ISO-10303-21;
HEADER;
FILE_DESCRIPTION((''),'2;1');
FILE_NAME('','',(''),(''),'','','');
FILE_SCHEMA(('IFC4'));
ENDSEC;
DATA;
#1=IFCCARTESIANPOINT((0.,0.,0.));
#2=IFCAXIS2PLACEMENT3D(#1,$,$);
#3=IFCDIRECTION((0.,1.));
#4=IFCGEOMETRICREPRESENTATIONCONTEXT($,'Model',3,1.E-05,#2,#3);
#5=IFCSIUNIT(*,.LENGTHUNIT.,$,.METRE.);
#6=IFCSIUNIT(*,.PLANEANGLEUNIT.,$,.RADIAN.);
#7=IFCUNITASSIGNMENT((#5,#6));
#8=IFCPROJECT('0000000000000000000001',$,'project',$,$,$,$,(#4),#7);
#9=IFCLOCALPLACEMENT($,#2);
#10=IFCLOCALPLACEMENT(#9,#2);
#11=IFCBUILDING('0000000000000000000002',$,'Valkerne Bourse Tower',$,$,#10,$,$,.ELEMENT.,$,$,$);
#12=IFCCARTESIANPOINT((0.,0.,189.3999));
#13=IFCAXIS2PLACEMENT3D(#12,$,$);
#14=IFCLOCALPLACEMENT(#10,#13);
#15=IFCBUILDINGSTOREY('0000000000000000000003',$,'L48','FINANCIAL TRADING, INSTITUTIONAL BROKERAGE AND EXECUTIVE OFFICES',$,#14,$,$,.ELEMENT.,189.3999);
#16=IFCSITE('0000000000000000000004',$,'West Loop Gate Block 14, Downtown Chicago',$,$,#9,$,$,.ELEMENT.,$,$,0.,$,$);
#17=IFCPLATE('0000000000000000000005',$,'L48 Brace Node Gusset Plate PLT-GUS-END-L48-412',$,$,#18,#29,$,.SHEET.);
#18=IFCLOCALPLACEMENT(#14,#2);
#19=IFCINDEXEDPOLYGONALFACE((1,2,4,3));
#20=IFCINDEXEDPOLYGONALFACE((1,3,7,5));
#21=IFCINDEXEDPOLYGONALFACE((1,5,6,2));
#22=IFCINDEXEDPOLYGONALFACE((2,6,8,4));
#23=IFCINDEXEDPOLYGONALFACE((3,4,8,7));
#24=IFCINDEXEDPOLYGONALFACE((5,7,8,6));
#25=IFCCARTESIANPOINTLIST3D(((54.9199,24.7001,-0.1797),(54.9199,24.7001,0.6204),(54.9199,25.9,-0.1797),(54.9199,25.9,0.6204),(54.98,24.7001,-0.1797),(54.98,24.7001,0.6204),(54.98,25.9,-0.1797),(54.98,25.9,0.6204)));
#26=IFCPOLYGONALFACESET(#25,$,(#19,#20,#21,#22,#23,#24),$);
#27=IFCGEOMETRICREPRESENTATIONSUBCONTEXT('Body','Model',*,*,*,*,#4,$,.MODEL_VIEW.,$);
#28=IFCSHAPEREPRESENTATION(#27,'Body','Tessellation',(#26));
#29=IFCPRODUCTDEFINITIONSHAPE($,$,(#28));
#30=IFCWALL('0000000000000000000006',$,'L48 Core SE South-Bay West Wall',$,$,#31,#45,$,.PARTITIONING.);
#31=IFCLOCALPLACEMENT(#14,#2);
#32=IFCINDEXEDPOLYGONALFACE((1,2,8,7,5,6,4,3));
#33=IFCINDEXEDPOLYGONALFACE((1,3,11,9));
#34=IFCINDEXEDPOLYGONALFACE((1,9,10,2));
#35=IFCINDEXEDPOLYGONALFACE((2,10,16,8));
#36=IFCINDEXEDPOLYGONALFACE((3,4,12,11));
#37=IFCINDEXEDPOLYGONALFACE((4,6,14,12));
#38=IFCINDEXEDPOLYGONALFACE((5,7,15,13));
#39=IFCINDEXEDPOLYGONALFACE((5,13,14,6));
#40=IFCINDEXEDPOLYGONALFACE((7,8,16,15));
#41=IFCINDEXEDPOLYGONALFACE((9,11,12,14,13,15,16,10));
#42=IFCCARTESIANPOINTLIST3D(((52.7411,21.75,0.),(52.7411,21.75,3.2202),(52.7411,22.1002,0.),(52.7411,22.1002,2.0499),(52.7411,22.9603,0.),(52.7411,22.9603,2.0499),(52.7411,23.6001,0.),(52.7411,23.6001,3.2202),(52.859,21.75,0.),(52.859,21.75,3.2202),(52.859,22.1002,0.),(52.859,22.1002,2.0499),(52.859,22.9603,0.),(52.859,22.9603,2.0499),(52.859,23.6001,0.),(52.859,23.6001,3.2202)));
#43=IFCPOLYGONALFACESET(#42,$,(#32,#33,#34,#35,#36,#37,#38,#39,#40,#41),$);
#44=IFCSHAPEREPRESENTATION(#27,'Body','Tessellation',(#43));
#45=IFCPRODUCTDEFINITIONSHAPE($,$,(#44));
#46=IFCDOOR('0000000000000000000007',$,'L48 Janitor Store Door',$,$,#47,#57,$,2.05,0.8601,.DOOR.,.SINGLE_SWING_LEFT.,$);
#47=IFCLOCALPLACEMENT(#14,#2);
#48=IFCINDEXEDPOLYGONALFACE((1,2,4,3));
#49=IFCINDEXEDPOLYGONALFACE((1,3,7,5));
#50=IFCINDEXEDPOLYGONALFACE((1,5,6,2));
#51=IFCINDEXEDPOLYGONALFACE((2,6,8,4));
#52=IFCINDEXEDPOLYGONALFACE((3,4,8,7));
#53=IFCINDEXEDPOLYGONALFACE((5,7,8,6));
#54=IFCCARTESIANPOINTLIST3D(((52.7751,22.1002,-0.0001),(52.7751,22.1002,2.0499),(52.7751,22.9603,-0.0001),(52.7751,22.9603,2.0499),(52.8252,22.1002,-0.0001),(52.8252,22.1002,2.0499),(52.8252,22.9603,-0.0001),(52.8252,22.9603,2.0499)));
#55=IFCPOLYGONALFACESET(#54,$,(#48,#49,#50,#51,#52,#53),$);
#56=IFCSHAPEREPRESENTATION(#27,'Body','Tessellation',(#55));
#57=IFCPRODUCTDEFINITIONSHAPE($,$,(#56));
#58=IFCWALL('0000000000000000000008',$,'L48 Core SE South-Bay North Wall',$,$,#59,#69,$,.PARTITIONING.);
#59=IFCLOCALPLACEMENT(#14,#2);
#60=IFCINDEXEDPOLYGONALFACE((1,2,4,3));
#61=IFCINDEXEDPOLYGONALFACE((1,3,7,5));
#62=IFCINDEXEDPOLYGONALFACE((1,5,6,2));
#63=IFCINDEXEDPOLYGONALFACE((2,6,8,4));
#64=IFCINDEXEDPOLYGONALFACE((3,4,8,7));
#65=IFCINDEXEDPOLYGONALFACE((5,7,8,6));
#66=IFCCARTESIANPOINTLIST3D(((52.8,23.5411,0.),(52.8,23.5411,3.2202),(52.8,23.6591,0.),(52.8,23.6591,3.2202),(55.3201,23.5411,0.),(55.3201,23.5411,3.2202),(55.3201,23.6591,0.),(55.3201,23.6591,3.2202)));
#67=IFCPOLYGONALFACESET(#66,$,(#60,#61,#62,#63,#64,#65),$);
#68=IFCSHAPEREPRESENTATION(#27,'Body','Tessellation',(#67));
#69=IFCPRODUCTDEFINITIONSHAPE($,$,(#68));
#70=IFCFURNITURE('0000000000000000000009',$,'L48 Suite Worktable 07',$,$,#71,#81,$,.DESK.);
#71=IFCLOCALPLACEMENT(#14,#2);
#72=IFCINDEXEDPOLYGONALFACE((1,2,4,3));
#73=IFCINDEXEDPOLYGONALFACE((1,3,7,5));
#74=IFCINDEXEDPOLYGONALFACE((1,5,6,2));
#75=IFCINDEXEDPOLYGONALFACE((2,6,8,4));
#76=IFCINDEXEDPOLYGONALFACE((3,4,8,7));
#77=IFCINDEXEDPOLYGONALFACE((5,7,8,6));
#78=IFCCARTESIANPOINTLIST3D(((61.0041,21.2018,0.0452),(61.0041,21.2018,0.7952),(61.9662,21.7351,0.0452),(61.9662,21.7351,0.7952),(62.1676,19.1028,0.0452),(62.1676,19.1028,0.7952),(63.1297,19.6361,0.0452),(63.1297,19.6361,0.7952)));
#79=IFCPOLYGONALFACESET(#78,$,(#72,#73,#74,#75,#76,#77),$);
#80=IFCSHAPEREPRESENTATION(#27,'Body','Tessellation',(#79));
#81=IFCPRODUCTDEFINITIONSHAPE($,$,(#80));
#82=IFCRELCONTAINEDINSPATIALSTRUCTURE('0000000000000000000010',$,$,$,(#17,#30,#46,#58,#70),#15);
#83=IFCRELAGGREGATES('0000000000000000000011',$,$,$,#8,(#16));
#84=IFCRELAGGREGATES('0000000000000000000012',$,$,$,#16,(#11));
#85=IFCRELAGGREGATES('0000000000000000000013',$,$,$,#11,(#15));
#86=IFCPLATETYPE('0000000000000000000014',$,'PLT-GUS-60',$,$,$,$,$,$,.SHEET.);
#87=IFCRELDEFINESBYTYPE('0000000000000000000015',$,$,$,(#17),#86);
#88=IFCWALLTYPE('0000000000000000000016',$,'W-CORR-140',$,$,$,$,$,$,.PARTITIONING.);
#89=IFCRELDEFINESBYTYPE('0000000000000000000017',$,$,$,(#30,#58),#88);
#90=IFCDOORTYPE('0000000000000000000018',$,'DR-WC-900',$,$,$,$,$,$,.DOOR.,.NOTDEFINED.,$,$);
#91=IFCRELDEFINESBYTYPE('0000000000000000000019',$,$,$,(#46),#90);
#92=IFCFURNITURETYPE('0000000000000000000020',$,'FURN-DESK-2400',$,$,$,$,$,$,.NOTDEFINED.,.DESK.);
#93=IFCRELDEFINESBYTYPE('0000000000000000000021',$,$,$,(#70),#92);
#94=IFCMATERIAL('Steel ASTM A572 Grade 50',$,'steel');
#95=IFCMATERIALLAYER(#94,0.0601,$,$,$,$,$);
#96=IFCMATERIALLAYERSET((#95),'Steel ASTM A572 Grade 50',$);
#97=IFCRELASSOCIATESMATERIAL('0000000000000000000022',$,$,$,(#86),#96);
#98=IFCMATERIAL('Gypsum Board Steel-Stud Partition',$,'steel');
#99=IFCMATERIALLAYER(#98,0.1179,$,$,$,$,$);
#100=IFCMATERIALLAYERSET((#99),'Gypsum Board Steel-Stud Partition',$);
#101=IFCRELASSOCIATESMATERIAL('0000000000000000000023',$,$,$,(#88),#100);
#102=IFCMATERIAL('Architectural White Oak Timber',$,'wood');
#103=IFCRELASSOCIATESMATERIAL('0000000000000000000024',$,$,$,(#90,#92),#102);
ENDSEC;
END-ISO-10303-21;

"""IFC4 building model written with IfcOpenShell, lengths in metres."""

from ifc_helpers import new_model, si_unit, direction, frame, frame_2d, origin, origin_2d, place, context, subcontext, project, spatial, rectangle, extrude, material, layer, layer_set, type_object, element, fill, save


model = new_model("IFC4")

# Units and contexts
model_context = context("Model", 3, precision=1e-05, world=origin(), true_north=direction((0.0, 1.0)))
body_context = subcontext(model_context, "Body", "Model", "MODEL_VIEW")
ifc_project = project(units=[si_unit("LENGTHUNIT", "METRE"), si_unit("PLANEANGLEUNIT", "RADIAN")], contexts=[model_context])

# Site, building, storey
site_placement = place(None, origin())
site = spatial("IfcSite", under=ifc_project, at=site_placement, Name="West Loop Gate Block 14, Downtown Chicago", CompositionType="ELEMENT", RefElevation=0.0)
building_placement = place(site_placement, origin())
building = spatial("IfcBuilding", under=site, at=building_placement, Name="Valkerne Bourse Tower", CompositionType="ELEMENT")
storey_placement = place(building_placement, frame((0.0, 0.0, 189.3999)))
storey = spatial("IfcBuildingStorey", under=building, at=storey_placement, Name="L48", Description="FINANCIAL TRADING, INSTITUTIONAL BROKERAGE AND EXECUTIVE OFFICES", CompositionType="ELEMENT", Elevation=189.3999)

# Plate
ifc_material_1 = material(Name="Steel ASTM A572 Grade 50", Category="steel")
ifc_layer_1 = layer(ifc_material_1, 0.0601)
ifc_layer_set_1 = layer_set([ifc_layer_1], Name="Steel ASTM A572 Grade 50")
plate_type_1 = type_object("IfcPlateType", Name="PLT-GUS-60", PredefinedType="SHEET", material=ifc_layer_set_1)
plate_1_placement = place(storey_placement, frame((54.95, 25.3, -0.1797), z_axis=(0.0, 0.0, 1.0), x_axis=(0.0, 1.0, 0.0)))
element("IfcPlate", 1, at=plate_1_placement, inside=storey, type_object=plate_type_1, Name="L48 Brace Node Gusset Plate PLT-GUS-END-L48-412", PredefinedType="SHEET", context=body_context, shape_type="SweptSolid", body=[
    extrude(rectangle(XDim=1.2, YDim=0.0601, at=origin_2d()), origin(), (0.0, 0.0, 1.0), 0.8),
])

# Wall, opening, door
ifc_material_2 = material(Name="Gypsum Board Steel-Stud Partition", Category="steel")
ifc_layer_2 = layer(ifc_material_2, 0.1179)
ifc_layer_set_2 = layer_set([ifc_layer_2], Name="Gypsum Board Steel-Stud Partition")
wall_type = type_object("IfcWallType", Name="W-CORR-140", PredefinedType="PARTITIONING", material=ifc_layer_set_2)
wall_1_placement = place(storey_placement, frame((52.8, 21.75, 0.0), z_axis=(0.0, 0.0, 1.0), x_axis=(0.0, 1.0, 0.0)))
wall_1 = element("IfcWall", 2, at=wall_1_placement, inside=storey, type_object=wall_type, Name="L48 Core SE South-Bay West Wall", PredefinedType="PARTITIONING", context=body_context, shape_type="SweptSolid", body=[
    extrude(rectangle(XDim=1.8501, YDim=0.1179, at=frame_2d((0.925, 0.0))), origin(), (0.0, 0.0, 1.0), 3.2202),
])
opening_placement = place(wall_1_placement, frame((0.3501, 0.0, 0.0)))
opening = element("IfcOpeningElement", 3, at=opening_placement, cuts=wall_1, PredefinedType="OPENING", context=body_context, shape_type="SweptSolid", body=[
    extrude(rectangle(XDim=0.8601, YDim=2.05, at=frame_2d((0.4302, 1.0249))), frame((0.0, 0.0688, 0.0), z_axis=(0.0, -1.0, 0.0), x_axis=(1.0, 0.0, 0.0)), (0.0, 0.0, 1.0), 0.1379),
])
ifc_material_3 = material(Name="Architectural White Oak Timber", Category="wood")
door_type = type_object("IfcDoorType", Name="DR-WC-900", OperationType="NOTDEFINED", PredefinedType="DOOR", material=ifc_material_3)
door_placement = place(opening_placement, origin())
door = element("IfcDoor", 4, at=door_placement, inside=storey, type_object=door_type, Name="L48 Janitor Store Door", OperationType="SINGLE_SWING_LEFT", OverallHeight=2.05, OverallWidth=0.8601, PredefinedType="DOOR", context=body_context, shape_type="SweptSolid", body=[
    extrude(rectangle(XDim=0.8601, YDim=2.05, at=frame_2d((0.4302, 1.0249))), frame((0.0, 0.0249, 0.0), z_axis=(0.0, -1.0, 0.0), x_axis=(1.0, 0.0, 0.0)), (0.0, 0.0, 1.0), 0.05),
])
fill(opening, door)

# Wall
wall_2_placement = place(storey_placement, frame((52.8, 23.6001, 0.0), z_axis=(0.0, 0.0, 1.0), x_axis=(1.0, 0.0, 0.0)))
element("IfcWall", 5, at=wall_2_placement, inside=storey, type_object=wall_type, Name="L48 Core SE South-Bay North Wall", PredefinedType="PARTITIONING", context=body_context, shape_type="SweptSolid", body=[
    extrude(rectangle(XDim=2.52, YDim=0.1179, at=frame_2d((1.26, 0.0))), origin(), (0.0, 0.0, 1.0), 3.2202),
])

# Furniture
furniture_type = type_object("IfcFurnitureType", Name="FURN-DESK-2400", AssemblyPlace="NOTDEFINED", PredefinedType="DESK", material=ifc_material_3)
furniture_placement = place(storey_placement, frame((62.0669, 20.4189, 0.0452), z_axis=(0.0, 0.0, 1.0), x_axis=(-0.48481, 0.87462, 0.0)))
element("IfcFurniture", 6, at=furniture_placement, inside=storey, type_object=furniture_type, Name="L48 Suite Worktable 07", PredefinedType="DESK", context=body_context, shape_type="SweptSolid", body=[
    extrude(rectangle(XDim=2.3999, YDim=1.1001, at=origin_2d()), origin(), (0.0, 0.0, 1.0), 0.75),
])

save(model, "model.ifc")
